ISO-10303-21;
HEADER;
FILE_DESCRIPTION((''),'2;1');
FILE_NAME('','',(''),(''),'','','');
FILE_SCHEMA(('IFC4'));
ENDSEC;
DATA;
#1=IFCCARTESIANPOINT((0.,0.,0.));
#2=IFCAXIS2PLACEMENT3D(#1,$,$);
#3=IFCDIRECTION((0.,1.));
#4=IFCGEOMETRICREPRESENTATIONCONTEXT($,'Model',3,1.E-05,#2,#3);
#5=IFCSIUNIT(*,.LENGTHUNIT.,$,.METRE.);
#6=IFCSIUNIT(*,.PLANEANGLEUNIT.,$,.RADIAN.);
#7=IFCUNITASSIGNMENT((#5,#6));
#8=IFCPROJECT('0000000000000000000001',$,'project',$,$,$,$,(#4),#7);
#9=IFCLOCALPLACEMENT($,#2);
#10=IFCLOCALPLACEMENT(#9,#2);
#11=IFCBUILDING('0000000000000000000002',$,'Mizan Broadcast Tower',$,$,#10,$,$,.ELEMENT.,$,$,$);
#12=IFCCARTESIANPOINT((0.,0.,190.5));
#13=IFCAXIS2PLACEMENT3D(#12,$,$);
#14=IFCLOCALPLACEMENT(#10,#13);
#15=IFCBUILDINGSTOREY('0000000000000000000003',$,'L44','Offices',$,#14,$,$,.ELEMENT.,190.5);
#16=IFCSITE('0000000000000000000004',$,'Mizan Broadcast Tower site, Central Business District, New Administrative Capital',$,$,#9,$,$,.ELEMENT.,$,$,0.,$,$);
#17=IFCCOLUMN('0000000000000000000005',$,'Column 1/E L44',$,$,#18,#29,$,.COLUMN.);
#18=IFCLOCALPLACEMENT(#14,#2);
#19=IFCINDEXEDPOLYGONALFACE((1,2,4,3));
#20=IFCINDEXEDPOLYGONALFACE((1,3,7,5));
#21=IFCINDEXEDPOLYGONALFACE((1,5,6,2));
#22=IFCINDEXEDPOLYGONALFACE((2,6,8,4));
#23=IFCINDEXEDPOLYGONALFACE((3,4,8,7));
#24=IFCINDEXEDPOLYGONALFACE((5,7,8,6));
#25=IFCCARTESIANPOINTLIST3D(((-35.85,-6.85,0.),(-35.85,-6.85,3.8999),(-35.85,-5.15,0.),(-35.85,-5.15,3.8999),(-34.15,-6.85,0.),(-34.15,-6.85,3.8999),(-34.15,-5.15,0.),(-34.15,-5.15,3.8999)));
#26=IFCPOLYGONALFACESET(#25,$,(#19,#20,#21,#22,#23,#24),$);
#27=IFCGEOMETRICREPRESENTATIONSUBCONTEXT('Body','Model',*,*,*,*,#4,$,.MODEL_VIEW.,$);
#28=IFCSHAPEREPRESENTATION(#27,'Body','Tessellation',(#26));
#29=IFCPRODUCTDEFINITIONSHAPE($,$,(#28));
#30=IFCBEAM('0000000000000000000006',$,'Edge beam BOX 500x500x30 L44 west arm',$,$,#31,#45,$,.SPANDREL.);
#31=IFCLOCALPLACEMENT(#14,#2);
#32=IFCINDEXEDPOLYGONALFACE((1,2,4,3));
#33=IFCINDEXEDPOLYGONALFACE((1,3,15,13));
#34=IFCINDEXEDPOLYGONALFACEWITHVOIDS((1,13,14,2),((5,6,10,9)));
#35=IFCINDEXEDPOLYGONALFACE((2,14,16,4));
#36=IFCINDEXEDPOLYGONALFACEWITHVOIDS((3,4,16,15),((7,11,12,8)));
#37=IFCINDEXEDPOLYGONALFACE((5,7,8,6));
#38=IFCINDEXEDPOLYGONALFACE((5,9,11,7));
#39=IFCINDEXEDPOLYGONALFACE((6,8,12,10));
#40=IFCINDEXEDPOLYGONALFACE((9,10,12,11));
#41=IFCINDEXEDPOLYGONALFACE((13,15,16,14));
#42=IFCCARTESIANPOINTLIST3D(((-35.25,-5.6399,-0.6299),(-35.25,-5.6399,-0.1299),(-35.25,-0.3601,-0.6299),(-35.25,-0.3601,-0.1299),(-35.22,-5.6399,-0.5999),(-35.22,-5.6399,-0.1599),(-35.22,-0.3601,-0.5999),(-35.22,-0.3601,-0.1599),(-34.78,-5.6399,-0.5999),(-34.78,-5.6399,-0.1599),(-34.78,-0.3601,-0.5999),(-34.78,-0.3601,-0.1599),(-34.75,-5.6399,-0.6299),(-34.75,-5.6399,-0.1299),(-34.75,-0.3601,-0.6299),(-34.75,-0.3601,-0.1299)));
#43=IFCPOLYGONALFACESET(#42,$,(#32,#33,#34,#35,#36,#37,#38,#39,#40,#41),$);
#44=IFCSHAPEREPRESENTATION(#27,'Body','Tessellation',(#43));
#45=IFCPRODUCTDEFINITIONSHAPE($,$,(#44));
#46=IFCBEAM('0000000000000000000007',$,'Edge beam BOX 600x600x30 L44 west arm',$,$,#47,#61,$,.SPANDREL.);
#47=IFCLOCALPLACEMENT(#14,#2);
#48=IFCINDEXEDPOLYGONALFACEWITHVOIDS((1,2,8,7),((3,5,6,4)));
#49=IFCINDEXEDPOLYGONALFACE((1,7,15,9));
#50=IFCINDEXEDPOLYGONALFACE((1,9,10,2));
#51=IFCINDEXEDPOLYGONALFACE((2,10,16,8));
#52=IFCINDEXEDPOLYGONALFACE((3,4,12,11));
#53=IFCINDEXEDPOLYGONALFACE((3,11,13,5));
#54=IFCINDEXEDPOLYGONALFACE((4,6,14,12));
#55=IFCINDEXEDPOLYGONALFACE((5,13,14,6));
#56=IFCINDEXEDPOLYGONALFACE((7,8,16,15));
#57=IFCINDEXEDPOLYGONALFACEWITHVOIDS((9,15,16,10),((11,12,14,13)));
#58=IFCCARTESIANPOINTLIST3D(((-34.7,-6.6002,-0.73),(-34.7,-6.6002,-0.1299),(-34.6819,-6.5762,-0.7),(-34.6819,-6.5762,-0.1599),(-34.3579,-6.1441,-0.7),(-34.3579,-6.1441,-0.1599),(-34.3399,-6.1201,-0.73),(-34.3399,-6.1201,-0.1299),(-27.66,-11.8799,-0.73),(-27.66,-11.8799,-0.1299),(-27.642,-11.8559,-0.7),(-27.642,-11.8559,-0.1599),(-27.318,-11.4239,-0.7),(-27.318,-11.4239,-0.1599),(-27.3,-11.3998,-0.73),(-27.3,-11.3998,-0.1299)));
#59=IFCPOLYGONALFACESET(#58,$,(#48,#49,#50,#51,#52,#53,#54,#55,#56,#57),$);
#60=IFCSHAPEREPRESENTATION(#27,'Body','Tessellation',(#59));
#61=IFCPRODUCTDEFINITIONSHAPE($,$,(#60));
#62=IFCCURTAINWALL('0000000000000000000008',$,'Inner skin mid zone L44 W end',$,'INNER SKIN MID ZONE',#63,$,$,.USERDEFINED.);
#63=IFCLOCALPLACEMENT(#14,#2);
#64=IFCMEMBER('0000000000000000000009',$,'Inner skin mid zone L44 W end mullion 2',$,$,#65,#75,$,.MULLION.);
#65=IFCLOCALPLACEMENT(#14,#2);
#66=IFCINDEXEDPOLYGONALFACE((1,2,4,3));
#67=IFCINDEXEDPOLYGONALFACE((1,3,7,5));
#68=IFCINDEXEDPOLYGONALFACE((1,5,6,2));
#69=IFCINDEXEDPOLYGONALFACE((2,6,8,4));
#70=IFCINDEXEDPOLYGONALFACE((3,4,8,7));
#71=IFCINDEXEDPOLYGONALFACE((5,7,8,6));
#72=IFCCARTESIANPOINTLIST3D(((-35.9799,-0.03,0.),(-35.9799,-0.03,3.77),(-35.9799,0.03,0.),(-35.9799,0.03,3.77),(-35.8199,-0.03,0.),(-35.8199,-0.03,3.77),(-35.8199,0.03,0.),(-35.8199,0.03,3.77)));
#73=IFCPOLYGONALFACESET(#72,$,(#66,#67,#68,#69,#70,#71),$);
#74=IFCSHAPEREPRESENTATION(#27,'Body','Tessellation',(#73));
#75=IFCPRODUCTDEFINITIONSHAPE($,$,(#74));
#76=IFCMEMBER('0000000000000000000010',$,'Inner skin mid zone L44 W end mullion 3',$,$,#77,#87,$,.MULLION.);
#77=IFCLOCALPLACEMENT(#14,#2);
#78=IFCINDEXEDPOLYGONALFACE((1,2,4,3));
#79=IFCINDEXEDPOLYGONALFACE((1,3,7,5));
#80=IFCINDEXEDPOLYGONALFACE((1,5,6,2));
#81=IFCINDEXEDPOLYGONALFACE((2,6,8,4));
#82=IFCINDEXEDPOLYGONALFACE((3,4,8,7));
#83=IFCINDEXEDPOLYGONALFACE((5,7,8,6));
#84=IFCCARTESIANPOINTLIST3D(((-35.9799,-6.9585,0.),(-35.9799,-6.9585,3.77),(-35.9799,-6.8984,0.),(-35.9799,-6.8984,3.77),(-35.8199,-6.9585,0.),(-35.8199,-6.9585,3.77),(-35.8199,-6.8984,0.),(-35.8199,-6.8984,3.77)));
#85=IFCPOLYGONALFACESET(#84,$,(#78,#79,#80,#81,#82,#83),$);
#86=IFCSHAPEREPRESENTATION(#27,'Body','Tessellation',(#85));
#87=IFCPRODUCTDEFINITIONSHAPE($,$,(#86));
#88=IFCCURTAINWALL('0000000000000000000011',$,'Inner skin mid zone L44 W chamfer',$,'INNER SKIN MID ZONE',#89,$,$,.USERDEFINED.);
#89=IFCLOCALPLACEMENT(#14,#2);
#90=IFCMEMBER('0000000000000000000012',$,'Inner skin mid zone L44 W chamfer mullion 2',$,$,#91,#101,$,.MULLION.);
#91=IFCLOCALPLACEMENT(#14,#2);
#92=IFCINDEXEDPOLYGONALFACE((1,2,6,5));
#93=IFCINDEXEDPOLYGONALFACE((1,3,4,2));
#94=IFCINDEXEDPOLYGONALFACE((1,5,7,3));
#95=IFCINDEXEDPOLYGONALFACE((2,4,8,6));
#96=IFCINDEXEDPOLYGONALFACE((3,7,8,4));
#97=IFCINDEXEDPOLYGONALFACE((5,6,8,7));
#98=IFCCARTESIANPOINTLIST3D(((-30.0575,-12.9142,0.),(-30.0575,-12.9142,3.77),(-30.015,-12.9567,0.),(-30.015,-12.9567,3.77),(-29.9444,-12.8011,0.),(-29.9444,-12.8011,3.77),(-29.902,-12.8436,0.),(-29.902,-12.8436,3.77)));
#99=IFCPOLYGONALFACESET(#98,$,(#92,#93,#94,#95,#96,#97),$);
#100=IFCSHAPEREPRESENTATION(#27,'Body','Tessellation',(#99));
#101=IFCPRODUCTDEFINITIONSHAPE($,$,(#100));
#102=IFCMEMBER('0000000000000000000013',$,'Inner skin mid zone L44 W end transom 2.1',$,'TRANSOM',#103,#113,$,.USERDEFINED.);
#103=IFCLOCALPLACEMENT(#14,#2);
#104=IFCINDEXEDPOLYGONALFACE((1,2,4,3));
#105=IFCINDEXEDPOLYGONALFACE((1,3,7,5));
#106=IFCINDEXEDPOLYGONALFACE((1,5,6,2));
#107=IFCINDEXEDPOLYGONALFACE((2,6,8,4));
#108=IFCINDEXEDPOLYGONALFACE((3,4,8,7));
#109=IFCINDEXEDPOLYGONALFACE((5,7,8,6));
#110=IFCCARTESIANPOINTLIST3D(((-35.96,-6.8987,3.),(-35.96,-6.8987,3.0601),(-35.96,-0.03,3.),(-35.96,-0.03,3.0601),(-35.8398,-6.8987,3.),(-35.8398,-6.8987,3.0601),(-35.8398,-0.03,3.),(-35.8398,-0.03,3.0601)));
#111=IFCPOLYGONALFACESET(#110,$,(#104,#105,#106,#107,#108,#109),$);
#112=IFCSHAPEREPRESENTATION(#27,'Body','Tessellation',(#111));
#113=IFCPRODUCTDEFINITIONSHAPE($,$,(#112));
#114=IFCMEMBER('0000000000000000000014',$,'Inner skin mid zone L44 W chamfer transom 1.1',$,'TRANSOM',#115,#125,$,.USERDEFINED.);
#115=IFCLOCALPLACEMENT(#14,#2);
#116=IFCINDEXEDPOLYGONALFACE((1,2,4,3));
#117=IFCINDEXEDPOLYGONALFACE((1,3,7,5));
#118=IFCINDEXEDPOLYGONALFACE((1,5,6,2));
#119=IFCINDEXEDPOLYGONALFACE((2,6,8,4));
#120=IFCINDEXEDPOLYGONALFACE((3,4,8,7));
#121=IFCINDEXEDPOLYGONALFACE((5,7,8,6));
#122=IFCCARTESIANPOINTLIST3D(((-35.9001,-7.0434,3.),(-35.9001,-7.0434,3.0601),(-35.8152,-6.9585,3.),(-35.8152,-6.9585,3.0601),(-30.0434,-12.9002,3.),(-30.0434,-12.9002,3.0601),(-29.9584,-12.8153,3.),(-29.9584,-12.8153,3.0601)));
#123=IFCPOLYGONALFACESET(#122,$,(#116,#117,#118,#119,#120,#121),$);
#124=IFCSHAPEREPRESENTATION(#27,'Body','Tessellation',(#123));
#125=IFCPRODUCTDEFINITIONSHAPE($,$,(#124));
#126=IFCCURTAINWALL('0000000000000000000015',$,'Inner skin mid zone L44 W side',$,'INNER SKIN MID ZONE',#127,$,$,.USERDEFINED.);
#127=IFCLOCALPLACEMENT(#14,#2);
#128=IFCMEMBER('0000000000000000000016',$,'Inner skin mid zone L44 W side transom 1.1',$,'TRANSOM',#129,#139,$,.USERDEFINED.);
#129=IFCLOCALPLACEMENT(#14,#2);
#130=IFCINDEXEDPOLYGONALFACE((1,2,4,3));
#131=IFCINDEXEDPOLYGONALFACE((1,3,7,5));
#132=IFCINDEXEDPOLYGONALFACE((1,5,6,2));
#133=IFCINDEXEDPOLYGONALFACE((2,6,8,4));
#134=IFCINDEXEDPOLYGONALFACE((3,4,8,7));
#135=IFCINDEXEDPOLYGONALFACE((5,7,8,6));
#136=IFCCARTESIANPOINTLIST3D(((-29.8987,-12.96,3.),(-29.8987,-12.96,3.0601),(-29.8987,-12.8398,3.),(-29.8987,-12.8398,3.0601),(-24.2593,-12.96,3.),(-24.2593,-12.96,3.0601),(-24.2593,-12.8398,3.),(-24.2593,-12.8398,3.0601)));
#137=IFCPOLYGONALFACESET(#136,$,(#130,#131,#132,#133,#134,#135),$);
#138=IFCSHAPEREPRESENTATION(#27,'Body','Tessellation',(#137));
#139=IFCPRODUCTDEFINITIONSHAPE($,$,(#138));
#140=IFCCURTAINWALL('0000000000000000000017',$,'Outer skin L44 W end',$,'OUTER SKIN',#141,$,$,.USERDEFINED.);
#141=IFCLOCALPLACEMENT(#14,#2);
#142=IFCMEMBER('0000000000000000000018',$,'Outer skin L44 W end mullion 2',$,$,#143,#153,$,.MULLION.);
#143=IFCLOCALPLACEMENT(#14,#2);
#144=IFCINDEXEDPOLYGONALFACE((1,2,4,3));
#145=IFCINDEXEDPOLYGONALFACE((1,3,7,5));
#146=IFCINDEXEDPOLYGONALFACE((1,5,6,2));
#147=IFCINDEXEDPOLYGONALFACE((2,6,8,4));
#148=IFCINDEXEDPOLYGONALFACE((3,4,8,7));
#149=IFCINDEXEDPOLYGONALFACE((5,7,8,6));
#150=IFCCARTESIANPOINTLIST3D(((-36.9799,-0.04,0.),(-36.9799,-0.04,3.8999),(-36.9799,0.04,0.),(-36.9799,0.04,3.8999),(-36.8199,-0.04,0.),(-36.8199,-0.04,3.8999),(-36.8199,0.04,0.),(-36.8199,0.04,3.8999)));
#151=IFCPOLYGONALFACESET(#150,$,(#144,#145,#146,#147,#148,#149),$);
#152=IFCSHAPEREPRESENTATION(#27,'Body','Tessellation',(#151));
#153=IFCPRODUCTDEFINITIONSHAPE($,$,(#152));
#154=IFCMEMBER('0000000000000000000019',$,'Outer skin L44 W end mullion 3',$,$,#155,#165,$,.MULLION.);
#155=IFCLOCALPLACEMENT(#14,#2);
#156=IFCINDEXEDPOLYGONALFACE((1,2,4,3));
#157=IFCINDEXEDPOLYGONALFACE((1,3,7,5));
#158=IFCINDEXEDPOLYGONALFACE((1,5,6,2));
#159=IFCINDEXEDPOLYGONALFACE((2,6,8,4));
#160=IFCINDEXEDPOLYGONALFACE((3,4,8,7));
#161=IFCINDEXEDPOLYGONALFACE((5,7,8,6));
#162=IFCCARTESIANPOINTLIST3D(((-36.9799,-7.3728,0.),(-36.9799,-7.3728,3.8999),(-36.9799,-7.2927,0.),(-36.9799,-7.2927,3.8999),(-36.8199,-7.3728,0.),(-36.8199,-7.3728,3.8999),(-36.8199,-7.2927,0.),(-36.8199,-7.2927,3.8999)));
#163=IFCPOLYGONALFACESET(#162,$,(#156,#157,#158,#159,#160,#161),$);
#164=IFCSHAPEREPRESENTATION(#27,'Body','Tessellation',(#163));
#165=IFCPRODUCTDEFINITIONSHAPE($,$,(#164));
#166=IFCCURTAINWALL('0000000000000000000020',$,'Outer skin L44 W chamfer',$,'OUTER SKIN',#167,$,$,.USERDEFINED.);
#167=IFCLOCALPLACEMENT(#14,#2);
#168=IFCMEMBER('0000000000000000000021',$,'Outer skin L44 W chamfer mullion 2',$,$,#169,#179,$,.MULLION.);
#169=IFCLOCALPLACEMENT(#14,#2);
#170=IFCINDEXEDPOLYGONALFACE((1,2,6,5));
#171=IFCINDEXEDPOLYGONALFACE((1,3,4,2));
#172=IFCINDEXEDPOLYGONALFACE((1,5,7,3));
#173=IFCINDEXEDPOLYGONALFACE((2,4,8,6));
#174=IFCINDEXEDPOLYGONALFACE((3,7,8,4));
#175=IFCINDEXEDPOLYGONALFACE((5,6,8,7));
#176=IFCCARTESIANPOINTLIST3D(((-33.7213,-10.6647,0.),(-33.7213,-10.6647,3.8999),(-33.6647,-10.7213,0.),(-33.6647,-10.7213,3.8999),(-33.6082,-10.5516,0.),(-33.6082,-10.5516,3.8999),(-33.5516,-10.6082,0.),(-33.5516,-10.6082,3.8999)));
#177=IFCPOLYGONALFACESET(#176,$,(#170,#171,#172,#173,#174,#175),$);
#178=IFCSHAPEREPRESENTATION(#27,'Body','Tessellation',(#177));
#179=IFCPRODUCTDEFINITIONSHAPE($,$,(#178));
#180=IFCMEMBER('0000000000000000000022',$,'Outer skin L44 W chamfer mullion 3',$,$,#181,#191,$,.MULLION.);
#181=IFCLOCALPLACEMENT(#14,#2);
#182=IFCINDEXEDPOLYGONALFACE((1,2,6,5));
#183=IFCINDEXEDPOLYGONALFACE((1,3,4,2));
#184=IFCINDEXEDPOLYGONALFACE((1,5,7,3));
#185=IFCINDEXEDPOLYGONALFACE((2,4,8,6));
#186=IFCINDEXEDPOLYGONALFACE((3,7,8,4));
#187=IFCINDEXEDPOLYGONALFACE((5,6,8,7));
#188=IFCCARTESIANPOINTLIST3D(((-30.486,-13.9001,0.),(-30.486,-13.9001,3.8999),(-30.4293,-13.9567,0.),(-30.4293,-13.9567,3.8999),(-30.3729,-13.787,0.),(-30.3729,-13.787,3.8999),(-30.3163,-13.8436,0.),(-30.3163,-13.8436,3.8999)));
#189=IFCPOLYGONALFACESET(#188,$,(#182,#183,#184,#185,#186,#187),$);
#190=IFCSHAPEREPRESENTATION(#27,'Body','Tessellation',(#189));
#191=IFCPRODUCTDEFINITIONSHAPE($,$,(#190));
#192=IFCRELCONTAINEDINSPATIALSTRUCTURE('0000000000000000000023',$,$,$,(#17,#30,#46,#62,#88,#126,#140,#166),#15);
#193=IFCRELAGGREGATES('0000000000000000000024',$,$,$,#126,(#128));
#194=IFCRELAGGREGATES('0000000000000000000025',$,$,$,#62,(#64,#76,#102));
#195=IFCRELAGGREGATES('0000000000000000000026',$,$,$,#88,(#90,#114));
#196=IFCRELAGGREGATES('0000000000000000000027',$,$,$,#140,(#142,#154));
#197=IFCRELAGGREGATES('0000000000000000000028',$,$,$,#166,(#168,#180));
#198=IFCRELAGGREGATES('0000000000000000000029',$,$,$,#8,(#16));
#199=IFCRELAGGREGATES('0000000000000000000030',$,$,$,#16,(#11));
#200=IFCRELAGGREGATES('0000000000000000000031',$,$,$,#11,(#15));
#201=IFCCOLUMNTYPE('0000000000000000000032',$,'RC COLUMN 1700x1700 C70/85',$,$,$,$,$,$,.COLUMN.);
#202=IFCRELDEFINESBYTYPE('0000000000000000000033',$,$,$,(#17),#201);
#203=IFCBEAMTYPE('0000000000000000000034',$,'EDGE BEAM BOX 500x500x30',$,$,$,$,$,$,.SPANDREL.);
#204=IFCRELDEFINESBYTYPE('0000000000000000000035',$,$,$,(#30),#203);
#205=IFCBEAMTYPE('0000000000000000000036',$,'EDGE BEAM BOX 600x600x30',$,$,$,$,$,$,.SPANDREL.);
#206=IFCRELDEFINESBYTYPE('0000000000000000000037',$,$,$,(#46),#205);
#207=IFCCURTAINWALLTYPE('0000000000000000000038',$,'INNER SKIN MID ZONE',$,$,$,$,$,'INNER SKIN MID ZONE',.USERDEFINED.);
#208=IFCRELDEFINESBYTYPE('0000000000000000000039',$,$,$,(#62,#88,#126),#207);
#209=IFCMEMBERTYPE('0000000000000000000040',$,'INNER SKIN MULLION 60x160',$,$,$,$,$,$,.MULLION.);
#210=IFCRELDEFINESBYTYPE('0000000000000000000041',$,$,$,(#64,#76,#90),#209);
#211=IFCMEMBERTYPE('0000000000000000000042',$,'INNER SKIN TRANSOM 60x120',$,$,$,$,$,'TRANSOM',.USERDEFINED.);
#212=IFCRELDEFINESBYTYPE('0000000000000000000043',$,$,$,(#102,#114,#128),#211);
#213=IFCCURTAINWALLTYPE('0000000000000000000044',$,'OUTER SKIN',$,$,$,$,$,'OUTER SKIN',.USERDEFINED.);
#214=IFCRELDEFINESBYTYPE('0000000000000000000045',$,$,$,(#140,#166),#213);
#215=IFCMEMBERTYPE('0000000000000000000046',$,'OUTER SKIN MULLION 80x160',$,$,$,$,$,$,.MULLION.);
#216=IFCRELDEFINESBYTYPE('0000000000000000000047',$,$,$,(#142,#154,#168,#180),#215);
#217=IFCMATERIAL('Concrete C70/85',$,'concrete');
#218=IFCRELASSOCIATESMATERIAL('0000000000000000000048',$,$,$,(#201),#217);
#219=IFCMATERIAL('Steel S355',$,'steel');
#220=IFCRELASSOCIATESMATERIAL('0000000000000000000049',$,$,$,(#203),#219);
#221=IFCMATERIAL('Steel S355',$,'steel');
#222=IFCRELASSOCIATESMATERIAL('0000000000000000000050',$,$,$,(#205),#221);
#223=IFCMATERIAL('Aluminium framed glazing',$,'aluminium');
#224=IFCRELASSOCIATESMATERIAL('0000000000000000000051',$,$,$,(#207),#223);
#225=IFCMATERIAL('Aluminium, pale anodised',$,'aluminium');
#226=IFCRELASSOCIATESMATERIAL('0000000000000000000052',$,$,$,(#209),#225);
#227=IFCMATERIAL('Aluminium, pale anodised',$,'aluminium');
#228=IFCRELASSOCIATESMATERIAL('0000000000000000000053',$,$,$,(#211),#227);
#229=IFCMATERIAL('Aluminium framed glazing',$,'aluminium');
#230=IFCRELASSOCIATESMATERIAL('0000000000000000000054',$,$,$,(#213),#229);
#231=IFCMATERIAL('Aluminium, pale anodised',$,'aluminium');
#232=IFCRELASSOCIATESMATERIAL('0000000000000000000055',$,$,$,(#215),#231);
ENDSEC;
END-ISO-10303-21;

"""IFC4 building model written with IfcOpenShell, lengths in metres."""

from ifc_helpers import new_model, si_unit, direction, frame, origin, origin_2d, place, context, subcontext, project, spatial, rectangle, hollow_rectangle, extrude, material, material_profile, profile_set, type_object, element, aggregate, save


model = new_model("IFC4")

# Units and contexts
model_context = context("Model", 3, precision=1e-05, world=origin(), true_north=direction((0.0, 1.0)))
body_context = subcontext(model_context, "Body", "Model", "MODEL_VIEW")
ifc_project = project(units=[si_unit("LENGTHUNIT", "METRE"), si_unit("PLANEANGLEUNIT", "RADIAN")], contexts=[model_context])

# Site, building, storey
site_placement = place(None, origin())
site = spatial("IfcSite", under=ifc_project, at=site_placement, Name="Mizan Broadcast Tower site, Central Business District, New Administrative Capital", CompositionType="ELEMENT", RefElevation=0.0)
building_placement = place(site_placement, origin())
building = spatial("IfcBuilding", under=site, at=building_placement, Name="Mizan Broadcast Tower", CompositionType="ELEMENT")
storey_placement = place(building_placement, frame((0.0, 0.0, 190.5)))
storey = spatial("IfcBuildingStorey", under=building, at=storey_placement, Name="L44", Description="Offices", CompositionType="ELEMENT", Elevation=190.5)

# Column
ifc_material_1 = material(Name="Concrete C70/85", Category="concrete")
ifc_material_profile_1 = material_profile(ifc_material_1, rectangle(XDim=1.7, YDim=1.7, at=origin_2d()), Name="RC 1700x1700")
ifc_profile_set_1 = profile_set([ifc_material_profile_1], Name="Concrete C70/85")
column_type = type_object("IfcColumnType", Name="RC COLUMN 1700x1700 C70/85", PredefinedType="COLUMN", material=ifc_profile_set_1)
column_placement = place(storey_placement, frame((-35.0, -6.0, 0.0), z_axis=(0.0, 0.0, 1.0), x_axis=(1.0, 0.0, 0.0)))
element("IfcColumn", 1, at=column_placement, inside=storey, type_object=column_type, Name="Column 1/E L44", PredefinedType="COLUMN", context=body_context, shape_type="SweptSolid", body=[
    extrude(rectangle(XDim=1.7, YDim=1.7, at=origin_2d()), origin(), (0.0, 0.0, 1.0), 3.8999),
])

# Beams
ifc_material_2 = material(Name="Steel S355", Category="steel")
ifc_material_profile_2 = material_profile(ifc_material_2, hollow_rectangle(XDim=0.5, YDim=0.5, WallThickness=0.03, at=origin_2d()), Name="BOX 500x500x30")
ifc_profile_set_2 = profile_set([ifc_material_profile_2], Name="Steel S355")
beam_type_1 = type_object("IfcBeamType", Name="EDGE BEAM BOX 500x500x30", PredefinedType="SPANDREL", material=ifc_profile_set_2)
beam_1_placement = place(storey_placement, frame((-35.0, -5.6399, -0.3799), z_axis=(0.0, 1.0, 0.0), x_axis=(-1.0, 0.0, 0.0)))
element("IfcBeam", 2, at=beam_1_placement, inside=storey, type_object=beam_type_1, Name="Edge beam BOX 500x500x30 L44 west arm", PredefinedType="SPANDREL", context=body_context, shape_type="SweptSolid", body=[
    extrude(hollow_rectangle(XDim=0.5, YDim=0.5, WallThickness=0.03, at=origin_2d()), origin(), (0.0, 0.0, 1.0), 5.2798),
])
ifc_material_3 = material(Name="Steel S355", Category="steel")
ifc_material_profile_3 = material_profile(ifc_material_3, hollow_rectangle(XDim=0.6001, YDim=0.6001, WallThickness=0.03, at=origin_2d()), Name="BOX 600x600x30")
ifc_profile_set_3 = profile_set([ifc_material_profile_3], Name="Steel S355")
beam_type_2 = type_object("IfcBeamType", Name="EDGE BEAM BOX 600x600x30", PredefinedType="SPANDREL", material=ifc_profile_set_3)
beam_2_placement = place(storey_placement, frame((-27.48, -11.6399, -0.4299), z_axis=(-0.800013, 0.599982, 0.0), x_axis=(-0.599982, -0.800013, 0.0)))
element("IfcBeam", 3, at=beam_2_placement, inside=storey, type_object=beam_type_2, Name="Edge beam BOX 600x600x30 L44 west arm", PredefinedType="SPANDREL", context=body_context, shape_type="SweptSolid", body=[
    extrude(hollow_rectangle(XDim=0.6001, YDim=0.6001, WallThickness=0.03, at=origin_2d()), origin(), (0.0, 0.0, 1.0), 8.7998),
])

# Curtain wall, members
ifc_material_4 = material(Name="Aluminium framed glazing", Category="aluminium")
curtain_wall_type_1 = type_object("IfcCurtainWallType", Name="INNER SKIN MID ZONE", ElementType="INNER SKIN MID ZONE", PredefinedType="USERDEFINED", material=ifc_material_4)
curtain_wall_1_placement = place(storey_placement, origin())
curtain_wall_1 = element("IfcCurtainWall", 4, at=curtain_wall_1_placement, inside=storey, type_object=curtain_wall_type_1, Name="Inner skin mid zone L44 W end", ObjectType="INNER SKIN MID ZONE", PredefinedType="USERDEFINED")
ifc_material_5 = material(Name="Aluminium, pale anodised", Category="aluminium")
ifc_material_profile_4 = material_profile(ifc_material_5, rectangle(XDim=0.1599, YDim=0.0601, at=origin_2d()), Name="MULLION 160x60")
ifc_profile_set_4 = profile_set([ifc_material_profile_4], Name="Aluminium, pale anodised")
member_type_1 = type_object("IfcMemberType", Name="INNER SKIN MULLION 60x160", PredefinedType="MULLION", material=ifc_profile_set_4)
member_1_placement = place(storey_placement, frame((-35.8999, 0.0, 0.0), z_axis=(0.0, 0.0, 1.0), x_axis=(1.0, 0.0, 0.0)))
member_1 = element("IfcMember", 5, at=member_1_placement, type_object=member_type_1, Name="Inner skin mid zone L44 W end mullion 2", PredefinedType="MULLION", context=body_context, shape_type="SweptSolid", body=[
    extrude(rectangle(XDim=0.1599, YDim=0.0601, at=origin_2d()), origin(), (0.0, 0.0, 1.0), 3.77),
])
member_2_placement = place(storey_placement, frame((-35.8999, -6.9285, 0.0), z_axis=(0.0, 0.0, 1.0), x_axis=(1.0, 0.0, 0.0)))
member_2 = element("IfcMember", 6, at=member_2_placement, type_object=member_type_1, Name="Inner skin mid zone L44 W end mullion 3", PredefinedType="MULLION", context=body_context, shape_type="SweptSolid", body=[
    extrude(rectangle(XDim=0.1599, YDim=0.0601, at=origin_2d()), origin(), (0.0, 0.0, 1.0), 3.77),
])

# Curtain wall, member
curtain_wall_2_placement = place(storey_placement, origin())
curtain_wall_2 = element("IfcCurtainWall", 7, at=curtain_wall_2_placement, inside=storey, type_object=curtain_wall_type_1, Name="Inner skin mid zone L44 W chamfer", ObjectType="INNER SKIN MID ZONE", PredefinedType="USERDEFINED")
member_3_placement = place(storey_placement, frame((-29.9797, -12.8789, 0.0), z_axis=(0.0, 0.0, 1.0), x_axis=(0.707107, 0.707107, 0.0)))
member_3 = element("IfcMember", 8, at=member_3_placement, type_object=member_type_1, Name="Inner skin mid zone L44 W chamfer mullion 2", PredefinedType="MULLION", context=body_context, shape_type="SweptSolid", body=[
    extrude(rectangle(XDim=0.1599, YDim=0.0601, at=origin_2d()), origin(), (0.0, 0.0, 1.0), 3.77),
])

# Members
ifc_material_6 = material(Name="Aluminium, pale anodised", Category="aluminium")
ifc_material_profile_5 = material_profile(ifc_material_6, rectangle(XDim=0.1201, YDim=0.0601, at=origin_2d()), Name="TRANSOM 120x60")
ifc_profile_set_5 = profile_set([ifc_material_profile_5], Name="Aluminium, pale anodised")
member_type_2 = type_object("IfcMemberType", Name="INNER SKIN TRANSOM 60x120", ElementType="TRANSOM", PredefinedType="USERDEFINED", material=ifc_profile_set_5)
member_4_placement = place(storey_placement, frame((-35.8999, -0.03, 3.03), z_axis=(0.0, -1.0, 0.0), x_axis=(1.0, 0.0, 0.0)))
member_4 = element("IfcMember", 9, at=member_4_placement, type_object=member_type_2, Name="Inner skin mid zone L44 W end transom 2.1", ObjectType="TRANSOM", PredefinedType="USERDEFINED", context=body_context, shape_type="SweptSolid", body=[
    extrude(rectangle(XDim=0.1201, YDim=0.0601, at=origin_2d()), origin(), (0.0, 0.0, 1.0), 6.8687),
])
member_5_placement = place(storey_placement, frame((-35.8577, -7.001, 3.03), z_axis=(0.707107, -0.707107, 0.0), x_axis=(0.707107, 0.707107, 0.0)))
member_5 = element("IfcMember", 10, at=member_5_placement, type_object=member_type_2, Name="Inner skin mid zone L44 W chamfer transom 1.1", ObjectType="TRANSOM", PredefinedType="USERDEFINED", context=body_context, shape_type="SweptSolid", body=[
    extrude(rectangle(XDim=0.1201, YDim=0.0601, at=origin_2d()), origin(), (0.0, 0.0, 1.0), 8.2827),
])

# Curtain wall, member
curtain_wall_3_placement = place(storey_placement, origin())
curtain_wall_3 = element("IfcCurtainWall", 11, at=curtain_wall_3_placement, inside=storey, type_object=curtain_wall_type_1, Name="Inner skin mid zone L44 W side", ObjectType="INNER SKIN MID ZONE", PredefinedType="USERDEFINED")
member_6_placement = place(storey_placement, frame((-29.8987, -12.8999, 3.03), z_axis=(1.0, 0.0, 0.0), x_axis=(0.0, 1.0, 0.0)))
member_6 = element("IfcMember", 12, at=member_6_placement, type_object=member_type_2, Name="Inner skin mid zone L44 W side transom 1.1", ObjectType="TRANSOM", PredefinedType="USERDEFINED", context=body_context, shape_type="SweptSolid", body=[
    extrude(rectangle(XDim=0.1201, YDim=0.0601, at=origin_2d()), origin(), (0.0, 0.0, 1.0), 5.6394),
])

# Curtain walls, members
ifc_material_7 = material(Name="Aluminium framed glazing", Category="aluminium")
curtain_wall_type_2 = type_object("IfcCurtainWallType", Name="OUTER SKIN", ElementType="OUTER SKIN", PredefinedType="USERDEFINED", material=ifc_material_7)
curtain_wall_4_placement = place(storey_placement, origin())
curtain_wall_4 = element("IfcCurtainWall", 13, at=curtain_wall_4_placement, inside=storey, type_object=curtain_wall_type_2, Name="Outer skin L44 W end", ObjectType="OUTER SKIN", PredefinedType="USERDEFINED")
ifc_material_8 = material(Name="Aluminium, pale anodised", Category="aluminium")
ifc_material_profile_6 = material_profile(ifc_material_8, rectangle(XDim=0.1599, YDim=0.0801, at=origin_2d()), Name="MULLION 160x80")
ifc_profile_set_6 = profile_set([ifc_material_profile_6], Name="Aluminium, pale anodised")
member_type_3 = type_object("IfcMemberType", Name="OUTER SKIN MULLION 80x160", PredefinedType="MULLION", material=ifc_profile_set_6)
member_7_placement = place(storey_placement, frame((-36.8999, 0.0, 0.0), z_axis=(0.0, 0.0, 1.0), x_axis=(1.0, 0.0, 0.0)))
member_7 = element("IfcMember", 14, at=member_7_placement, type_object=member_type_3, Name="Outer skin L44 W end mullion 2", PredefinedType="MULLION", context=body_context, shape_type="SweptSolid", body=[
    extrude(rectangle(XDim=0.1599, YDim=0.0801, at=origin_2d()), origin(), (0.0, 0.0, 1.0), 3.8999),
])
member_8_placement = place(storey_placement, frame((-36.8999, -7.3328, 0.0), z_axis=(0.0, 0.0, 1.0), x_axis=(1.0, 0.0, 0.0)))
member_8 = element("IfcMember", 15, at=member_8_placement, type_object=member_type_3, Name="Outer skin L44 W end mullion 3", PredefinedType="MULLION", context=body_context, shape_type="SweptSolid", body=[
    extrude(rectangle(XDim=0.1599, YDim=0.0801, at=origin_2d()), origin(), (0.0, 0.0, 1.0), 3.8999),
])
curtain_wall_5_placement = place(storey_placement, origin())
curtain_wall_5 = element("IfcCurtainWall", 16, at=curtain_wall_5_placement, inside=storey, type_object=curtain_wall_type_2, Name="Outer skin L44 W chamfer", ObjectType="OUTER SKIN", PredefinedType="USERDEFINED")
member_9_placement = place(storey_placement, frame((-33.6365, -10.6365, 0.0), z_axis=(0.0, 0.0, 1.0), x_axis=(0.707107, 0.707107, 0.0)))
member_9 = element("IfcMember", 17, at=member_9_placement, type_object=member_type_3, Name="Outer skin L44 W chamfer mullion 2", PredefinedType="MULLION", context=body_context, shape_type="SweptSolid", body=[
    extrude(rectangle(XDim=0.1599, YDim=0.0801, at=origin_2d()), origin(), (0.0, 0.0, 1.0), 3.8999),
])
member_10_placement = place(storey_placement, frame((-30.4011, -13.8718, 0.0), z_axis=(0.0, 0.0, 1.0), x_axis=(0.707107, 0.707107, 0.0)))
member_10 = element("IfcMember", 18, at=member_10_placement, type_object=member_type_3, Name="Outer skin L44 W chamfer mullion 3", PredefinedType="MULLION", context=body_context, shape_type="SweptSolid", body=[
    extrude(rectangle(XDim=0.1599, YDim=0.0801, at=origin_2d()), origin(), (0.0, 0.0, 1.0), 3.8999),
])

aggregate(curtain_wall_3, [member_6])
aggregate(curtain_wall_1, [member_1, member_2, member_4])
aggregate(curtain_wall_2, [member_3, member_5])
aggregate(curtain_wall_4, [member_7, member_8])
aggregate(curtain_wall_5, [member_9, member_10])

save(model, "model.ifc")
